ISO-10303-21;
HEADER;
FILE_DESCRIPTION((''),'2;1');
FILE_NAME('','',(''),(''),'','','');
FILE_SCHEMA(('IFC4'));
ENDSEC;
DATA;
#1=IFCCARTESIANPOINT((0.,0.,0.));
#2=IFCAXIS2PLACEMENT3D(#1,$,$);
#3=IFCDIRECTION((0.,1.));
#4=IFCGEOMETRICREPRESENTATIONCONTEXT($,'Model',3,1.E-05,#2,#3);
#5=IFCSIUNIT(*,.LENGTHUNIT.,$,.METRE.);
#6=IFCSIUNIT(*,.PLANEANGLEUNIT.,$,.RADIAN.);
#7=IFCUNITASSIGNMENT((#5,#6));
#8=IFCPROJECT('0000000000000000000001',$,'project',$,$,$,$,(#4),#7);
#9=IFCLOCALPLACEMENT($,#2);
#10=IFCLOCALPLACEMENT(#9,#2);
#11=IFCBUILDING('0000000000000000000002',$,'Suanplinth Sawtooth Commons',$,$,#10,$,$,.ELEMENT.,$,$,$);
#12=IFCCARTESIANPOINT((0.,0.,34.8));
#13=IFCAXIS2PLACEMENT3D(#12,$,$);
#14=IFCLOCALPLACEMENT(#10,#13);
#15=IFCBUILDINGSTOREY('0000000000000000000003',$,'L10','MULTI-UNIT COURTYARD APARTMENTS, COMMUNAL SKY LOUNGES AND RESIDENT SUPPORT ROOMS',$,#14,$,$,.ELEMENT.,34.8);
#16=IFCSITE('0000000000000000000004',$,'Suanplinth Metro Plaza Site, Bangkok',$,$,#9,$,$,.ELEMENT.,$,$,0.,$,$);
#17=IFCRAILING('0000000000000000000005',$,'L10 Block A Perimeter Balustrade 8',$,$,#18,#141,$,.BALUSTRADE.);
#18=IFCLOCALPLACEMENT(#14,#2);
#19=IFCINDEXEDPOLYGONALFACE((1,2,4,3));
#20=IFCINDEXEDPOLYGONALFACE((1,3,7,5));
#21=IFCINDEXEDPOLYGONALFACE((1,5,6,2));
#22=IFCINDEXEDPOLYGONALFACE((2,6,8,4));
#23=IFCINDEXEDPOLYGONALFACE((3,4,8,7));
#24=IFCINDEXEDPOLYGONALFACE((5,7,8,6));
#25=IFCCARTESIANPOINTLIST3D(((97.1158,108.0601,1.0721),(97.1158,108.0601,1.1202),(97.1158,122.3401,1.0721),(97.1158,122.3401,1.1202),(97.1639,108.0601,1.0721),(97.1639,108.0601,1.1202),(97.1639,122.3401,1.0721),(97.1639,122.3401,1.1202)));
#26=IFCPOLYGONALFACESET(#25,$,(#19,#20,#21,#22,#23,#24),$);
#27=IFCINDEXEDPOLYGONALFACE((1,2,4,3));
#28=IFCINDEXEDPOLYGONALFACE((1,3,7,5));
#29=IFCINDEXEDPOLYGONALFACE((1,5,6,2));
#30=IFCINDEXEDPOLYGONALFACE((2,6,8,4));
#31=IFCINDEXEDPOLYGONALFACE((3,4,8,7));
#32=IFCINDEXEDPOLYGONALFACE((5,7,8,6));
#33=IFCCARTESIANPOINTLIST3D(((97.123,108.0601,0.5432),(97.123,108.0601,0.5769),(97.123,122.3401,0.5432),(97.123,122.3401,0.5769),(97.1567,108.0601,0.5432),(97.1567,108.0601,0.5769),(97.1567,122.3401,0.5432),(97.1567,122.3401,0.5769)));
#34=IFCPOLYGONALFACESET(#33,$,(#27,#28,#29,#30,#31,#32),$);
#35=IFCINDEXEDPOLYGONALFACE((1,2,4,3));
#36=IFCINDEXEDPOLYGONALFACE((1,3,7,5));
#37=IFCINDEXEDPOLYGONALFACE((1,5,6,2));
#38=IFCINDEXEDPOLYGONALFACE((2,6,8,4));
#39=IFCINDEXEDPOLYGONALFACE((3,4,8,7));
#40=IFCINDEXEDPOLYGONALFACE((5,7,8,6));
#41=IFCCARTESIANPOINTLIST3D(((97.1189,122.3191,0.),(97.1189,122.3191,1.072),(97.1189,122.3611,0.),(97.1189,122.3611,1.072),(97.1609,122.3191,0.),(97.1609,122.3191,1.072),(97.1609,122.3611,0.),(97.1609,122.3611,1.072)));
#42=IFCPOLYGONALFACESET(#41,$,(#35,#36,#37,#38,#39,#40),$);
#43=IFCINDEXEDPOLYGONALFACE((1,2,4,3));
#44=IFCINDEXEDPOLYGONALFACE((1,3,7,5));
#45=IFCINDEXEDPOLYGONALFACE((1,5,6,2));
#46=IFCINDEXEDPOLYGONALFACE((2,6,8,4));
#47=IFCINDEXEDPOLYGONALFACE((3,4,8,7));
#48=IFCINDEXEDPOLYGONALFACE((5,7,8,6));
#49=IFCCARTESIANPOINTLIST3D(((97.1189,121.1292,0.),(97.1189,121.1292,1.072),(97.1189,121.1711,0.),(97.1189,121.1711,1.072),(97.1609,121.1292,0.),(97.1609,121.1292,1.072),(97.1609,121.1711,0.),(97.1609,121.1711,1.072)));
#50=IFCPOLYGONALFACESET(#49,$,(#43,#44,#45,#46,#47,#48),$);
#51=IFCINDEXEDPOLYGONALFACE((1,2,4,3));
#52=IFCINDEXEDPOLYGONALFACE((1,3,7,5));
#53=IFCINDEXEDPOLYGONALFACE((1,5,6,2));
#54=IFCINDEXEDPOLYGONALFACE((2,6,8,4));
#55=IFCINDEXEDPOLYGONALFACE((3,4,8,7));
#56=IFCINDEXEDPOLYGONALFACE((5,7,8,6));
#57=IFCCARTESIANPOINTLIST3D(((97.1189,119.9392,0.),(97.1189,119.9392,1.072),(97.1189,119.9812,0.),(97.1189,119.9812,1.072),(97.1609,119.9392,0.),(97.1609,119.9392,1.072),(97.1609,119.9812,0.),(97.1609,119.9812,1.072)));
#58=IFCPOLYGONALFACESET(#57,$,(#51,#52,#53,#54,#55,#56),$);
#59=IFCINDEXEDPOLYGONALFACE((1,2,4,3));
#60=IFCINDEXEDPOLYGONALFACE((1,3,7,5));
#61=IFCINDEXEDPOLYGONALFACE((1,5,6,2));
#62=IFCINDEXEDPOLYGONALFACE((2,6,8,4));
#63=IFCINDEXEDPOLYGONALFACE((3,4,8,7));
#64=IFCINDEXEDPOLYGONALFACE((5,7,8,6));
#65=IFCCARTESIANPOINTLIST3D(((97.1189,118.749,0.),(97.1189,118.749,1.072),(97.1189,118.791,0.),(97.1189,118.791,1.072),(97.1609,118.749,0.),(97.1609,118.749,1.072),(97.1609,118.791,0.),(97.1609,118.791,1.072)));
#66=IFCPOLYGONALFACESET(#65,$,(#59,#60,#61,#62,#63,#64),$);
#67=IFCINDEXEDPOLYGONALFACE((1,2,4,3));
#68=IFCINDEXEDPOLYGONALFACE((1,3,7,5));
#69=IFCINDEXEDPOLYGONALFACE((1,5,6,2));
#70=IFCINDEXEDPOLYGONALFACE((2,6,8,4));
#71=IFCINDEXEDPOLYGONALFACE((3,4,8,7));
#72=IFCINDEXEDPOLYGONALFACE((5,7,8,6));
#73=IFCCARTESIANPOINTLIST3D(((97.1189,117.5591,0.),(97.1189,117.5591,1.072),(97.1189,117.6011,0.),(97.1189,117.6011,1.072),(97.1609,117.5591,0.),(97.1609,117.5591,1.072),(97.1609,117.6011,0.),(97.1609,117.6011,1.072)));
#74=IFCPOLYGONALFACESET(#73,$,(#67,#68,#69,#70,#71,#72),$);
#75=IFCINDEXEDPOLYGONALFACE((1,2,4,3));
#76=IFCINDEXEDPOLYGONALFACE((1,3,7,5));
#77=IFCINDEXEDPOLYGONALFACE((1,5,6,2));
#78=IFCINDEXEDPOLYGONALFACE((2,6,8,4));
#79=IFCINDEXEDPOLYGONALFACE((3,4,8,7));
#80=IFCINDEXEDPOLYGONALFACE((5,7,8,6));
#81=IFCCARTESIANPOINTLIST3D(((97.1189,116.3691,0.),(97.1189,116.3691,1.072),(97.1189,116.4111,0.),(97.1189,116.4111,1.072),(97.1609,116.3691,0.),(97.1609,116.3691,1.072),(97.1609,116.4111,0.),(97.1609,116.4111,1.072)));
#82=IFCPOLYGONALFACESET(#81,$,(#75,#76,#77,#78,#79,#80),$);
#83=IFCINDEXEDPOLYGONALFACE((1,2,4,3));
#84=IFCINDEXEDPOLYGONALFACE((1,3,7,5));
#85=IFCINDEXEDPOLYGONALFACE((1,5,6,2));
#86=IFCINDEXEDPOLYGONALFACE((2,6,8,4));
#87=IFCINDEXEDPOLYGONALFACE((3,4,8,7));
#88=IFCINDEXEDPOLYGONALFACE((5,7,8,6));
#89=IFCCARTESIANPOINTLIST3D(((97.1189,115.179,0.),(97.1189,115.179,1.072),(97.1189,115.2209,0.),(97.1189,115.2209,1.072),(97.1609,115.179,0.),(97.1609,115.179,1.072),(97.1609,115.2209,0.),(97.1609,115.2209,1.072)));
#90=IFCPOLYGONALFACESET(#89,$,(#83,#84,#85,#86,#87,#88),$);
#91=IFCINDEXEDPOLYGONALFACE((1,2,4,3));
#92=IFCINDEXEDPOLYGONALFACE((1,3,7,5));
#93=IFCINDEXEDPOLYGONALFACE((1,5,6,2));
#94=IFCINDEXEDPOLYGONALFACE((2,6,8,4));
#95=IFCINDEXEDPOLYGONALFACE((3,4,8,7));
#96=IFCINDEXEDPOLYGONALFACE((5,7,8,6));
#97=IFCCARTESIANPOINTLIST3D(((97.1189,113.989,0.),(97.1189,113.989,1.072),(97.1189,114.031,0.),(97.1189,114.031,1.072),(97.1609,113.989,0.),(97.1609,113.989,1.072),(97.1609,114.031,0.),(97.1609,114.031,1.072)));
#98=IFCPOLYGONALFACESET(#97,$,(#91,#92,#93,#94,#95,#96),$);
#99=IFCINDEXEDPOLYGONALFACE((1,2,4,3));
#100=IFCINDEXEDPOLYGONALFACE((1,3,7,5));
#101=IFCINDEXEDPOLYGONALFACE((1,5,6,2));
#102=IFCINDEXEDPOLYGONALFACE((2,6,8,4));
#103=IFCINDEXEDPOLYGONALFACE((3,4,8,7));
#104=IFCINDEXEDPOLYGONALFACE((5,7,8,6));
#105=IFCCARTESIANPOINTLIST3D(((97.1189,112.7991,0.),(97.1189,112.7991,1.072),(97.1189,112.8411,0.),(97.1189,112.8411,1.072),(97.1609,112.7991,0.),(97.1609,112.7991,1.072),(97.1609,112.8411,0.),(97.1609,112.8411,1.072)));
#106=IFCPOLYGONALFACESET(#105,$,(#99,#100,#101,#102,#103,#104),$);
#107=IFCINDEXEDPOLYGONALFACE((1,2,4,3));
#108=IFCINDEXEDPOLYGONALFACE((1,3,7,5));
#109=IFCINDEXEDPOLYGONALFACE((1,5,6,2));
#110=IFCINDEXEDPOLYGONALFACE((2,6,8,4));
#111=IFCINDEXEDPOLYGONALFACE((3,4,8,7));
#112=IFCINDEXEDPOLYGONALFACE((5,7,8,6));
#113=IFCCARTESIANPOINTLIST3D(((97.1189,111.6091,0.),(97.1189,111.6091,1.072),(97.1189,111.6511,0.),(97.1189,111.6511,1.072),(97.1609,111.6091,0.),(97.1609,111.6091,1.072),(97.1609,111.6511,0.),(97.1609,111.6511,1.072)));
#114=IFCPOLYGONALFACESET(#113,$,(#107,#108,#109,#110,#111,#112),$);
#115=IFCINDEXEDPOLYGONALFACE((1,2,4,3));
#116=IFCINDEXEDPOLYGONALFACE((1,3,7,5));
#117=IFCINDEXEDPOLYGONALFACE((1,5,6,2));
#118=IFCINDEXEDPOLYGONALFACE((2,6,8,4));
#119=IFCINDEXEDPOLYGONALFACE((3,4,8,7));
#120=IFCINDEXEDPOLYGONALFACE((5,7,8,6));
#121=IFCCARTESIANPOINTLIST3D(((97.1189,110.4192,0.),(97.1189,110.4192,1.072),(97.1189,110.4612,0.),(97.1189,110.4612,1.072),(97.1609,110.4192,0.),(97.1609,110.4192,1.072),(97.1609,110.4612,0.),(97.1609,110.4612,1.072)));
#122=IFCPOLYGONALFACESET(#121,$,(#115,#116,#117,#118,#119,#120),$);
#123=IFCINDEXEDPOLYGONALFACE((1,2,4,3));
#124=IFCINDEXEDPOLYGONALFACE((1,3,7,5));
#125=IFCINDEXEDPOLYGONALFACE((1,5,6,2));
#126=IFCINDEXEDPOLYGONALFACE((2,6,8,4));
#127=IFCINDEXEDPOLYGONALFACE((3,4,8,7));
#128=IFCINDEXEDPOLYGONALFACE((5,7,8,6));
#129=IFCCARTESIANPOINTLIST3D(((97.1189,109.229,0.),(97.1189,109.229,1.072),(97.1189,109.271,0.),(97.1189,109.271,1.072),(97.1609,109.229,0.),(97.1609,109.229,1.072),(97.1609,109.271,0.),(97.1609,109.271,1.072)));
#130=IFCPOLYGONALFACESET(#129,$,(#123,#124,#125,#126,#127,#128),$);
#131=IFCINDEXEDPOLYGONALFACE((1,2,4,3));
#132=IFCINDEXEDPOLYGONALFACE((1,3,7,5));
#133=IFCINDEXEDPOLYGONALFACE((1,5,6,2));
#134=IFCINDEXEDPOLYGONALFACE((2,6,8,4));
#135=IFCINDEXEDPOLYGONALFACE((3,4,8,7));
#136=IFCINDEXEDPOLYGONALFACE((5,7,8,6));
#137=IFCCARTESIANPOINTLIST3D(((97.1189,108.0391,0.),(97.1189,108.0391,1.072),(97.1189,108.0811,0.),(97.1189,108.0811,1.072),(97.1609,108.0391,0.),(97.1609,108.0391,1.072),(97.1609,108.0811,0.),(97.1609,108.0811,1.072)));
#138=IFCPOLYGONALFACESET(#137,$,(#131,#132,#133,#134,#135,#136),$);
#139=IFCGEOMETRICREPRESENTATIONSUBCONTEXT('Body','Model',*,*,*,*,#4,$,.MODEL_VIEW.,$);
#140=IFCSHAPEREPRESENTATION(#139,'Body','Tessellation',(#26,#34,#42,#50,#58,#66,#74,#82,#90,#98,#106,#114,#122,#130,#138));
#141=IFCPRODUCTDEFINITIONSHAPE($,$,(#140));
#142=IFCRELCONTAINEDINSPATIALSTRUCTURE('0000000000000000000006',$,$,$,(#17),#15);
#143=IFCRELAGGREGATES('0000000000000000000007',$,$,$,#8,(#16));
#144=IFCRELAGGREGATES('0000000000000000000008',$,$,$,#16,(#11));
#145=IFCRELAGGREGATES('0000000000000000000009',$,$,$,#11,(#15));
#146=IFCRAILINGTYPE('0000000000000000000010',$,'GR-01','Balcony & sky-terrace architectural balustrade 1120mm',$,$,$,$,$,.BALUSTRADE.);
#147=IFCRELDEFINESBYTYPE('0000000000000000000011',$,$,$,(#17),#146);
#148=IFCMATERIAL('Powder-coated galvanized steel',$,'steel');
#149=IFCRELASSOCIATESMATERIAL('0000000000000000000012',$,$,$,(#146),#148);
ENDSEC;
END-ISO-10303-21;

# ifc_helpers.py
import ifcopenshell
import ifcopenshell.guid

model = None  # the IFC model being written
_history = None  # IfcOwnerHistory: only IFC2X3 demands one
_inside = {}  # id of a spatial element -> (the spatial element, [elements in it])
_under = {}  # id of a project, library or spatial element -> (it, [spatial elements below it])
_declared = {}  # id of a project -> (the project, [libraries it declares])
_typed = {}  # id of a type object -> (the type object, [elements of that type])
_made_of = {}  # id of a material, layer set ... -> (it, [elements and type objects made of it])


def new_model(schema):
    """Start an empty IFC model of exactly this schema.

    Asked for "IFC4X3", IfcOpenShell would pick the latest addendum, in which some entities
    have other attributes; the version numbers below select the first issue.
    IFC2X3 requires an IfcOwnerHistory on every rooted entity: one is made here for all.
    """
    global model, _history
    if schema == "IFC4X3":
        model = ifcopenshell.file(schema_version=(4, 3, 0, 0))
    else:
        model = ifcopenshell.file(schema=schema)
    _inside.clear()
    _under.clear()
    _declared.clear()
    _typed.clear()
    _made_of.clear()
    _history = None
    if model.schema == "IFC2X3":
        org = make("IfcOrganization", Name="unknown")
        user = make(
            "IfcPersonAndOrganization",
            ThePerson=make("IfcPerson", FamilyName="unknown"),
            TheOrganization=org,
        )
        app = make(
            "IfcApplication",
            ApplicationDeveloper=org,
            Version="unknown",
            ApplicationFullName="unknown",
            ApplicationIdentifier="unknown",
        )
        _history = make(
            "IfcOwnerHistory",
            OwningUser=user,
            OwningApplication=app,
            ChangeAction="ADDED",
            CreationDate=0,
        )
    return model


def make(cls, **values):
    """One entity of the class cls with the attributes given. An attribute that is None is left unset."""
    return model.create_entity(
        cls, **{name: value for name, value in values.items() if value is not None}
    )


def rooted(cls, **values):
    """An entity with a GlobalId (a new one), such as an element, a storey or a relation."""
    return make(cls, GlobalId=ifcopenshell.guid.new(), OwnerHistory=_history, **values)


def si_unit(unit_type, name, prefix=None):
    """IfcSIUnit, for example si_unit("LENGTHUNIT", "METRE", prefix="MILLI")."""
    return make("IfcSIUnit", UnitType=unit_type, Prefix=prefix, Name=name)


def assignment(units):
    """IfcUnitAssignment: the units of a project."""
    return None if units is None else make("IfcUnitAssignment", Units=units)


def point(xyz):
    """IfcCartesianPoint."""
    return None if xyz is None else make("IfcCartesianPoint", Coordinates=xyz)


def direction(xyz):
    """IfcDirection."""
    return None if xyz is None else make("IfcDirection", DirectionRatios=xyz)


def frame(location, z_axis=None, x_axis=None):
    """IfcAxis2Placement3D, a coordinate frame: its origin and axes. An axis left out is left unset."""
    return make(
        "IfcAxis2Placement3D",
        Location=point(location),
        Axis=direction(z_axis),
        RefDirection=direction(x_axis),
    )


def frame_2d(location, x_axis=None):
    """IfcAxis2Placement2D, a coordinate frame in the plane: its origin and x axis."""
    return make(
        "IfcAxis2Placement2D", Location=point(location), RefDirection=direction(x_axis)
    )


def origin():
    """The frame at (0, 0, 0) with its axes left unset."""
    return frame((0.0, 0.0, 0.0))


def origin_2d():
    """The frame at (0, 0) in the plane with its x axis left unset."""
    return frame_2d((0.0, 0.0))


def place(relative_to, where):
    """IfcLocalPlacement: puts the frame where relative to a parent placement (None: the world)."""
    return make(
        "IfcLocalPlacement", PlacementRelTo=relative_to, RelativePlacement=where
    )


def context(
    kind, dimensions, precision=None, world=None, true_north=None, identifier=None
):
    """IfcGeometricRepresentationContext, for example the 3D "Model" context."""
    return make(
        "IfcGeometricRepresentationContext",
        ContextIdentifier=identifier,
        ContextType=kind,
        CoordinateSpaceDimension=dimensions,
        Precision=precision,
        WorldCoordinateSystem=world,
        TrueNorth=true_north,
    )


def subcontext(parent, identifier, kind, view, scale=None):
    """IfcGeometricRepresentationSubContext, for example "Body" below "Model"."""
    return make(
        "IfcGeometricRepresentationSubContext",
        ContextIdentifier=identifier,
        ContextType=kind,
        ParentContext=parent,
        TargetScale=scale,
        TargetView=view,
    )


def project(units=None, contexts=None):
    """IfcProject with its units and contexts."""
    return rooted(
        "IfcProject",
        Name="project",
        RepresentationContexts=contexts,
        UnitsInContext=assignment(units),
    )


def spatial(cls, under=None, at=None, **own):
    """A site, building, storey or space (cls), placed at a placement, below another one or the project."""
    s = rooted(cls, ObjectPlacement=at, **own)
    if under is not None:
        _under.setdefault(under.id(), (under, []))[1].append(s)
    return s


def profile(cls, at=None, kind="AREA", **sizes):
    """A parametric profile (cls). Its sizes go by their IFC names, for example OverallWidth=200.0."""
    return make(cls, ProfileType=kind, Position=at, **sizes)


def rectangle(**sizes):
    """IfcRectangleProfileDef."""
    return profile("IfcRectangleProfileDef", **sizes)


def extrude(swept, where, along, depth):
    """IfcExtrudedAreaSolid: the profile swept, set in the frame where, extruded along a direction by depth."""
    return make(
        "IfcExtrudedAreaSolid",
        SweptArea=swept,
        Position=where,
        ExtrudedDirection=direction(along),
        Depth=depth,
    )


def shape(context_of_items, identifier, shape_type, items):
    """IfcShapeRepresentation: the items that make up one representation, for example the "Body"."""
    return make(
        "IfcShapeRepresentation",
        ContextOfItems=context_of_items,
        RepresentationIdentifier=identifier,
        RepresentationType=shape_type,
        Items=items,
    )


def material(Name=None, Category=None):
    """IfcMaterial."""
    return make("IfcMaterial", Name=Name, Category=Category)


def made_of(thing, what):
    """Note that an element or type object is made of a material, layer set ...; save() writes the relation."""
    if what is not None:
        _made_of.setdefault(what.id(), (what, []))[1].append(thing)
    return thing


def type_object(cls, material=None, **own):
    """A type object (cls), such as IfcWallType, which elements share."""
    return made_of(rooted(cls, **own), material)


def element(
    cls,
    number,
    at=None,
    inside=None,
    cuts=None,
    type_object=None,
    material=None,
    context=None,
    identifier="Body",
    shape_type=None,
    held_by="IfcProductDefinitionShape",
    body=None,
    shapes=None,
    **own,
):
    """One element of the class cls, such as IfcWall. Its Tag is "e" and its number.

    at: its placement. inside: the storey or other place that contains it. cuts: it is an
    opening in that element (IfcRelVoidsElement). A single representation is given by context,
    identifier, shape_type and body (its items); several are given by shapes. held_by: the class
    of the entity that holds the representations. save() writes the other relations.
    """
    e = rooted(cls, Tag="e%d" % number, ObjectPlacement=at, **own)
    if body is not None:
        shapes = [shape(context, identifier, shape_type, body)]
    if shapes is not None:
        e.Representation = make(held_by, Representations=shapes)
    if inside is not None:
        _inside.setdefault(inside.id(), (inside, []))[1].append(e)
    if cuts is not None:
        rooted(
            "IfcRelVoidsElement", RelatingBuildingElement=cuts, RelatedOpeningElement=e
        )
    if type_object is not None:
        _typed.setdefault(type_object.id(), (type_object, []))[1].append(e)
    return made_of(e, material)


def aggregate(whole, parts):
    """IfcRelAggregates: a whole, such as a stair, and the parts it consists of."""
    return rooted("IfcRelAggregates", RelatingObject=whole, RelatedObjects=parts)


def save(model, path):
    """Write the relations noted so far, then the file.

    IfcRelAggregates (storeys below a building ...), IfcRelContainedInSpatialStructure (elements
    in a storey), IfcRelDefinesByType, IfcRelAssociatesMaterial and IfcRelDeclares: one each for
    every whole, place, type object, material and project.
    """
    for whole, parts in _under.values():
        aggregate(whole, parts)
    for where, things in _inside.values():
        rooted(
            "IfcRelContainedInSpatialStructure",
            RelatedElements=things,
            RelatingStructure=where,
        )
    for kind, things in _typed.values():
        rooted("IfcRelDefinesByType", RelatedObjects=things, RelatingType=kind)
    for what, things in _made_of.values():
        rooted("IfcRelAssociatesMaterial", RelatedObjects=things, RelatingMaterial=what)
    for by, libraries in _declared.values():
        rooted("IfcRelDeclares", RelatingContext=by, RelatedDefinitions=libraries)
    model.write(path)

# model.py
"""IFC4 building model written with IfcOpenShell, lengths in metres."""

from ifc_helpers import new_model, si_unit, direction, frame, origin, origin_2d, place, context, subcontext, project, spatial, rectangle, extrude, material, type_object, element, save


model = new_model("IFC4")

# Units and contexts
model_context = context("Model", 3, precision=1e-05, world=origin(), true_north=direction((0.0, 1.0)))
body_context = subcontext(model_context, "Body", "Model", "MODEL_VIEW")
ifc_project = project(units=[si_unit("LENGTHUNIT", "METRE"), si_unit("PLANEANGLEUNIT", "RADIAN")], contexts=[model_context])

# Site, building, storey
site_placement = place(None, origin())
site = spatial("IfcSite", under=ifc_project, at=site_placement, Name="Suanplinth Metro Plaza Site, Bangkok", CompositionType="ELEMENT", RefElevation=0.0)
building_placement = place(site_placement, origin())
building = spatial("IfcBuilding", under=site, at=building_placement, Name="Suanplinth Sawtooth Commons", CompositionType="ELEMENT")
storey_placement = place(building_placement, frame((0.0, 0.0, 34.8)))
storey = spatial("IfcBuildingStorey", under=building, at=storey_placement, Name="L10", Description="MULTI-UNIT COURTYARD APARTMENTS, COMMUNAL SKY LOUNGES AND RESIDENT SUPPORT ROOMS", CompositionType="ELEMENT", Elevation=34.8)

# Railing
ifc_material_1 = material(Name="Powder-coated galvanized steel", Category="steel")
railing_type = type_object("IfcRailingType", Name="GR-01", Description="Balcony & sky-terrace architectural balustrade 1120mm", PredefinedType="BALUSTRADE", material=ifc_material_1)
railing_1_placement = place(storey_placement, frame((97.1399, 122.3401, 0.0)))
element("IfcRailing", 1, at=railing_1_placement, inside=storey, type_object=railing_type, Name="L10 Block A Perimeter Balustrade 8", PredefinedType="BALUSTRADE", context=body_context, shape_type="SweptSolid", body=[
    extrude(rectangle(XDim=0.0481, YDim=0.0481, at=origin_2d()), frame((0.0, 0.0, 1.0962), z_axis=(0.0, -1.0, 0.0), x_axis=(1.0, 0.0, 0.0)), (0.0, 0.0, 1.0), 14.28),
    extrude(rectangle(XDim=0.0337, YDim=0.0337, at=origin_2d()), frame((0.0, 0.0, 0.5601), z_axis=(0.0, -1.0, 0.0), x_axis=(1.0, 0.0, 0.0)), (0.0, 0.0, 1.0), 14.28),
    extrude(rectangle(XDim=0.042, YDim=0.042, at=origin_2d()), origin(), (0.0, 0.0, 1.0), 1.072),
    extrude(rectangle(XDim=0.042, YDim=0.042, at=origin_2d()), frame((0.0, -1.1899, 0.0)), (0.0, 0.0, 1.0), 1.072),
    extrude(rectangle(XDim=0.042, YDim=0.042, at=origin_2d()), frame((0.0, -2.3799, 0.0)), (0.0, 0.0, 1.0), 1.072),
    extrude(rectangle(XDim=0.042, YDim=0.042, at=origin_2d()), frame((0.0, -3.5701, 0.0)), (0.0, 0.0, 1.0), 1.072),
    extrude(rectangle(XDim=0.042, YDim=0.042, at=origin_2d()), frame((0.0, -4.76, 0.0)), (0.0, 0.0, 1.0), 1.072),
    extrude(rectangle(XDim=0.042, YDim=0.042, at=origin_2d()), frame((0.0, -5.95, 0.0)), (0.0, 0.0, 1.0), 1.072),
    extrude(rectangle(XDim=0.042, YDim=0.042, at=origin_2d()), frame((0.0, -7.1401, 0.0)), (0.0, 0.0, 1.0), 1.072),
    extrude(rectangle(XDim=0.042, YDim=0.042, at=origin_2d()), frame((0.0, -8.3301, 0.0)), (0.0, 0.0, 1.0), 1.072),
    extrude(rectangle(XDim=0.042, YDim=0.042, at=origin_2d()), frame((0.0, -9.52, 0.0)), (0.0, 0.0, 1.0), 1.072),
    extrude(rectangle(XDim=0.042, YDim=0.042, at=origin_2d()), frame((0.0, -10.71, 0.0)), (0.0, 0.0, 1.0), 1.072),
    extrude(rectangle(XDim=0.042, YDim=0.042, at=origin_2d()), frame((0.0, -11.8999, 0.0)), (0.0, 0.0, 1.0), 1.072),
    extrude(rectangle(XDim=0.042, YDim=0.042, at=origin_2d()), frame((0.0, -13.0901, 0.0)), (0.0, 0.0, 1.0), 1.072),
    extrude(rectangle(XDim=0.042, YDim=0.042, at=origin_2d()), frame((0.0, -14.28, 0.0)), (0.0, 0.0, 1.0), 1.072),
])

save(model, "model.ifc")
